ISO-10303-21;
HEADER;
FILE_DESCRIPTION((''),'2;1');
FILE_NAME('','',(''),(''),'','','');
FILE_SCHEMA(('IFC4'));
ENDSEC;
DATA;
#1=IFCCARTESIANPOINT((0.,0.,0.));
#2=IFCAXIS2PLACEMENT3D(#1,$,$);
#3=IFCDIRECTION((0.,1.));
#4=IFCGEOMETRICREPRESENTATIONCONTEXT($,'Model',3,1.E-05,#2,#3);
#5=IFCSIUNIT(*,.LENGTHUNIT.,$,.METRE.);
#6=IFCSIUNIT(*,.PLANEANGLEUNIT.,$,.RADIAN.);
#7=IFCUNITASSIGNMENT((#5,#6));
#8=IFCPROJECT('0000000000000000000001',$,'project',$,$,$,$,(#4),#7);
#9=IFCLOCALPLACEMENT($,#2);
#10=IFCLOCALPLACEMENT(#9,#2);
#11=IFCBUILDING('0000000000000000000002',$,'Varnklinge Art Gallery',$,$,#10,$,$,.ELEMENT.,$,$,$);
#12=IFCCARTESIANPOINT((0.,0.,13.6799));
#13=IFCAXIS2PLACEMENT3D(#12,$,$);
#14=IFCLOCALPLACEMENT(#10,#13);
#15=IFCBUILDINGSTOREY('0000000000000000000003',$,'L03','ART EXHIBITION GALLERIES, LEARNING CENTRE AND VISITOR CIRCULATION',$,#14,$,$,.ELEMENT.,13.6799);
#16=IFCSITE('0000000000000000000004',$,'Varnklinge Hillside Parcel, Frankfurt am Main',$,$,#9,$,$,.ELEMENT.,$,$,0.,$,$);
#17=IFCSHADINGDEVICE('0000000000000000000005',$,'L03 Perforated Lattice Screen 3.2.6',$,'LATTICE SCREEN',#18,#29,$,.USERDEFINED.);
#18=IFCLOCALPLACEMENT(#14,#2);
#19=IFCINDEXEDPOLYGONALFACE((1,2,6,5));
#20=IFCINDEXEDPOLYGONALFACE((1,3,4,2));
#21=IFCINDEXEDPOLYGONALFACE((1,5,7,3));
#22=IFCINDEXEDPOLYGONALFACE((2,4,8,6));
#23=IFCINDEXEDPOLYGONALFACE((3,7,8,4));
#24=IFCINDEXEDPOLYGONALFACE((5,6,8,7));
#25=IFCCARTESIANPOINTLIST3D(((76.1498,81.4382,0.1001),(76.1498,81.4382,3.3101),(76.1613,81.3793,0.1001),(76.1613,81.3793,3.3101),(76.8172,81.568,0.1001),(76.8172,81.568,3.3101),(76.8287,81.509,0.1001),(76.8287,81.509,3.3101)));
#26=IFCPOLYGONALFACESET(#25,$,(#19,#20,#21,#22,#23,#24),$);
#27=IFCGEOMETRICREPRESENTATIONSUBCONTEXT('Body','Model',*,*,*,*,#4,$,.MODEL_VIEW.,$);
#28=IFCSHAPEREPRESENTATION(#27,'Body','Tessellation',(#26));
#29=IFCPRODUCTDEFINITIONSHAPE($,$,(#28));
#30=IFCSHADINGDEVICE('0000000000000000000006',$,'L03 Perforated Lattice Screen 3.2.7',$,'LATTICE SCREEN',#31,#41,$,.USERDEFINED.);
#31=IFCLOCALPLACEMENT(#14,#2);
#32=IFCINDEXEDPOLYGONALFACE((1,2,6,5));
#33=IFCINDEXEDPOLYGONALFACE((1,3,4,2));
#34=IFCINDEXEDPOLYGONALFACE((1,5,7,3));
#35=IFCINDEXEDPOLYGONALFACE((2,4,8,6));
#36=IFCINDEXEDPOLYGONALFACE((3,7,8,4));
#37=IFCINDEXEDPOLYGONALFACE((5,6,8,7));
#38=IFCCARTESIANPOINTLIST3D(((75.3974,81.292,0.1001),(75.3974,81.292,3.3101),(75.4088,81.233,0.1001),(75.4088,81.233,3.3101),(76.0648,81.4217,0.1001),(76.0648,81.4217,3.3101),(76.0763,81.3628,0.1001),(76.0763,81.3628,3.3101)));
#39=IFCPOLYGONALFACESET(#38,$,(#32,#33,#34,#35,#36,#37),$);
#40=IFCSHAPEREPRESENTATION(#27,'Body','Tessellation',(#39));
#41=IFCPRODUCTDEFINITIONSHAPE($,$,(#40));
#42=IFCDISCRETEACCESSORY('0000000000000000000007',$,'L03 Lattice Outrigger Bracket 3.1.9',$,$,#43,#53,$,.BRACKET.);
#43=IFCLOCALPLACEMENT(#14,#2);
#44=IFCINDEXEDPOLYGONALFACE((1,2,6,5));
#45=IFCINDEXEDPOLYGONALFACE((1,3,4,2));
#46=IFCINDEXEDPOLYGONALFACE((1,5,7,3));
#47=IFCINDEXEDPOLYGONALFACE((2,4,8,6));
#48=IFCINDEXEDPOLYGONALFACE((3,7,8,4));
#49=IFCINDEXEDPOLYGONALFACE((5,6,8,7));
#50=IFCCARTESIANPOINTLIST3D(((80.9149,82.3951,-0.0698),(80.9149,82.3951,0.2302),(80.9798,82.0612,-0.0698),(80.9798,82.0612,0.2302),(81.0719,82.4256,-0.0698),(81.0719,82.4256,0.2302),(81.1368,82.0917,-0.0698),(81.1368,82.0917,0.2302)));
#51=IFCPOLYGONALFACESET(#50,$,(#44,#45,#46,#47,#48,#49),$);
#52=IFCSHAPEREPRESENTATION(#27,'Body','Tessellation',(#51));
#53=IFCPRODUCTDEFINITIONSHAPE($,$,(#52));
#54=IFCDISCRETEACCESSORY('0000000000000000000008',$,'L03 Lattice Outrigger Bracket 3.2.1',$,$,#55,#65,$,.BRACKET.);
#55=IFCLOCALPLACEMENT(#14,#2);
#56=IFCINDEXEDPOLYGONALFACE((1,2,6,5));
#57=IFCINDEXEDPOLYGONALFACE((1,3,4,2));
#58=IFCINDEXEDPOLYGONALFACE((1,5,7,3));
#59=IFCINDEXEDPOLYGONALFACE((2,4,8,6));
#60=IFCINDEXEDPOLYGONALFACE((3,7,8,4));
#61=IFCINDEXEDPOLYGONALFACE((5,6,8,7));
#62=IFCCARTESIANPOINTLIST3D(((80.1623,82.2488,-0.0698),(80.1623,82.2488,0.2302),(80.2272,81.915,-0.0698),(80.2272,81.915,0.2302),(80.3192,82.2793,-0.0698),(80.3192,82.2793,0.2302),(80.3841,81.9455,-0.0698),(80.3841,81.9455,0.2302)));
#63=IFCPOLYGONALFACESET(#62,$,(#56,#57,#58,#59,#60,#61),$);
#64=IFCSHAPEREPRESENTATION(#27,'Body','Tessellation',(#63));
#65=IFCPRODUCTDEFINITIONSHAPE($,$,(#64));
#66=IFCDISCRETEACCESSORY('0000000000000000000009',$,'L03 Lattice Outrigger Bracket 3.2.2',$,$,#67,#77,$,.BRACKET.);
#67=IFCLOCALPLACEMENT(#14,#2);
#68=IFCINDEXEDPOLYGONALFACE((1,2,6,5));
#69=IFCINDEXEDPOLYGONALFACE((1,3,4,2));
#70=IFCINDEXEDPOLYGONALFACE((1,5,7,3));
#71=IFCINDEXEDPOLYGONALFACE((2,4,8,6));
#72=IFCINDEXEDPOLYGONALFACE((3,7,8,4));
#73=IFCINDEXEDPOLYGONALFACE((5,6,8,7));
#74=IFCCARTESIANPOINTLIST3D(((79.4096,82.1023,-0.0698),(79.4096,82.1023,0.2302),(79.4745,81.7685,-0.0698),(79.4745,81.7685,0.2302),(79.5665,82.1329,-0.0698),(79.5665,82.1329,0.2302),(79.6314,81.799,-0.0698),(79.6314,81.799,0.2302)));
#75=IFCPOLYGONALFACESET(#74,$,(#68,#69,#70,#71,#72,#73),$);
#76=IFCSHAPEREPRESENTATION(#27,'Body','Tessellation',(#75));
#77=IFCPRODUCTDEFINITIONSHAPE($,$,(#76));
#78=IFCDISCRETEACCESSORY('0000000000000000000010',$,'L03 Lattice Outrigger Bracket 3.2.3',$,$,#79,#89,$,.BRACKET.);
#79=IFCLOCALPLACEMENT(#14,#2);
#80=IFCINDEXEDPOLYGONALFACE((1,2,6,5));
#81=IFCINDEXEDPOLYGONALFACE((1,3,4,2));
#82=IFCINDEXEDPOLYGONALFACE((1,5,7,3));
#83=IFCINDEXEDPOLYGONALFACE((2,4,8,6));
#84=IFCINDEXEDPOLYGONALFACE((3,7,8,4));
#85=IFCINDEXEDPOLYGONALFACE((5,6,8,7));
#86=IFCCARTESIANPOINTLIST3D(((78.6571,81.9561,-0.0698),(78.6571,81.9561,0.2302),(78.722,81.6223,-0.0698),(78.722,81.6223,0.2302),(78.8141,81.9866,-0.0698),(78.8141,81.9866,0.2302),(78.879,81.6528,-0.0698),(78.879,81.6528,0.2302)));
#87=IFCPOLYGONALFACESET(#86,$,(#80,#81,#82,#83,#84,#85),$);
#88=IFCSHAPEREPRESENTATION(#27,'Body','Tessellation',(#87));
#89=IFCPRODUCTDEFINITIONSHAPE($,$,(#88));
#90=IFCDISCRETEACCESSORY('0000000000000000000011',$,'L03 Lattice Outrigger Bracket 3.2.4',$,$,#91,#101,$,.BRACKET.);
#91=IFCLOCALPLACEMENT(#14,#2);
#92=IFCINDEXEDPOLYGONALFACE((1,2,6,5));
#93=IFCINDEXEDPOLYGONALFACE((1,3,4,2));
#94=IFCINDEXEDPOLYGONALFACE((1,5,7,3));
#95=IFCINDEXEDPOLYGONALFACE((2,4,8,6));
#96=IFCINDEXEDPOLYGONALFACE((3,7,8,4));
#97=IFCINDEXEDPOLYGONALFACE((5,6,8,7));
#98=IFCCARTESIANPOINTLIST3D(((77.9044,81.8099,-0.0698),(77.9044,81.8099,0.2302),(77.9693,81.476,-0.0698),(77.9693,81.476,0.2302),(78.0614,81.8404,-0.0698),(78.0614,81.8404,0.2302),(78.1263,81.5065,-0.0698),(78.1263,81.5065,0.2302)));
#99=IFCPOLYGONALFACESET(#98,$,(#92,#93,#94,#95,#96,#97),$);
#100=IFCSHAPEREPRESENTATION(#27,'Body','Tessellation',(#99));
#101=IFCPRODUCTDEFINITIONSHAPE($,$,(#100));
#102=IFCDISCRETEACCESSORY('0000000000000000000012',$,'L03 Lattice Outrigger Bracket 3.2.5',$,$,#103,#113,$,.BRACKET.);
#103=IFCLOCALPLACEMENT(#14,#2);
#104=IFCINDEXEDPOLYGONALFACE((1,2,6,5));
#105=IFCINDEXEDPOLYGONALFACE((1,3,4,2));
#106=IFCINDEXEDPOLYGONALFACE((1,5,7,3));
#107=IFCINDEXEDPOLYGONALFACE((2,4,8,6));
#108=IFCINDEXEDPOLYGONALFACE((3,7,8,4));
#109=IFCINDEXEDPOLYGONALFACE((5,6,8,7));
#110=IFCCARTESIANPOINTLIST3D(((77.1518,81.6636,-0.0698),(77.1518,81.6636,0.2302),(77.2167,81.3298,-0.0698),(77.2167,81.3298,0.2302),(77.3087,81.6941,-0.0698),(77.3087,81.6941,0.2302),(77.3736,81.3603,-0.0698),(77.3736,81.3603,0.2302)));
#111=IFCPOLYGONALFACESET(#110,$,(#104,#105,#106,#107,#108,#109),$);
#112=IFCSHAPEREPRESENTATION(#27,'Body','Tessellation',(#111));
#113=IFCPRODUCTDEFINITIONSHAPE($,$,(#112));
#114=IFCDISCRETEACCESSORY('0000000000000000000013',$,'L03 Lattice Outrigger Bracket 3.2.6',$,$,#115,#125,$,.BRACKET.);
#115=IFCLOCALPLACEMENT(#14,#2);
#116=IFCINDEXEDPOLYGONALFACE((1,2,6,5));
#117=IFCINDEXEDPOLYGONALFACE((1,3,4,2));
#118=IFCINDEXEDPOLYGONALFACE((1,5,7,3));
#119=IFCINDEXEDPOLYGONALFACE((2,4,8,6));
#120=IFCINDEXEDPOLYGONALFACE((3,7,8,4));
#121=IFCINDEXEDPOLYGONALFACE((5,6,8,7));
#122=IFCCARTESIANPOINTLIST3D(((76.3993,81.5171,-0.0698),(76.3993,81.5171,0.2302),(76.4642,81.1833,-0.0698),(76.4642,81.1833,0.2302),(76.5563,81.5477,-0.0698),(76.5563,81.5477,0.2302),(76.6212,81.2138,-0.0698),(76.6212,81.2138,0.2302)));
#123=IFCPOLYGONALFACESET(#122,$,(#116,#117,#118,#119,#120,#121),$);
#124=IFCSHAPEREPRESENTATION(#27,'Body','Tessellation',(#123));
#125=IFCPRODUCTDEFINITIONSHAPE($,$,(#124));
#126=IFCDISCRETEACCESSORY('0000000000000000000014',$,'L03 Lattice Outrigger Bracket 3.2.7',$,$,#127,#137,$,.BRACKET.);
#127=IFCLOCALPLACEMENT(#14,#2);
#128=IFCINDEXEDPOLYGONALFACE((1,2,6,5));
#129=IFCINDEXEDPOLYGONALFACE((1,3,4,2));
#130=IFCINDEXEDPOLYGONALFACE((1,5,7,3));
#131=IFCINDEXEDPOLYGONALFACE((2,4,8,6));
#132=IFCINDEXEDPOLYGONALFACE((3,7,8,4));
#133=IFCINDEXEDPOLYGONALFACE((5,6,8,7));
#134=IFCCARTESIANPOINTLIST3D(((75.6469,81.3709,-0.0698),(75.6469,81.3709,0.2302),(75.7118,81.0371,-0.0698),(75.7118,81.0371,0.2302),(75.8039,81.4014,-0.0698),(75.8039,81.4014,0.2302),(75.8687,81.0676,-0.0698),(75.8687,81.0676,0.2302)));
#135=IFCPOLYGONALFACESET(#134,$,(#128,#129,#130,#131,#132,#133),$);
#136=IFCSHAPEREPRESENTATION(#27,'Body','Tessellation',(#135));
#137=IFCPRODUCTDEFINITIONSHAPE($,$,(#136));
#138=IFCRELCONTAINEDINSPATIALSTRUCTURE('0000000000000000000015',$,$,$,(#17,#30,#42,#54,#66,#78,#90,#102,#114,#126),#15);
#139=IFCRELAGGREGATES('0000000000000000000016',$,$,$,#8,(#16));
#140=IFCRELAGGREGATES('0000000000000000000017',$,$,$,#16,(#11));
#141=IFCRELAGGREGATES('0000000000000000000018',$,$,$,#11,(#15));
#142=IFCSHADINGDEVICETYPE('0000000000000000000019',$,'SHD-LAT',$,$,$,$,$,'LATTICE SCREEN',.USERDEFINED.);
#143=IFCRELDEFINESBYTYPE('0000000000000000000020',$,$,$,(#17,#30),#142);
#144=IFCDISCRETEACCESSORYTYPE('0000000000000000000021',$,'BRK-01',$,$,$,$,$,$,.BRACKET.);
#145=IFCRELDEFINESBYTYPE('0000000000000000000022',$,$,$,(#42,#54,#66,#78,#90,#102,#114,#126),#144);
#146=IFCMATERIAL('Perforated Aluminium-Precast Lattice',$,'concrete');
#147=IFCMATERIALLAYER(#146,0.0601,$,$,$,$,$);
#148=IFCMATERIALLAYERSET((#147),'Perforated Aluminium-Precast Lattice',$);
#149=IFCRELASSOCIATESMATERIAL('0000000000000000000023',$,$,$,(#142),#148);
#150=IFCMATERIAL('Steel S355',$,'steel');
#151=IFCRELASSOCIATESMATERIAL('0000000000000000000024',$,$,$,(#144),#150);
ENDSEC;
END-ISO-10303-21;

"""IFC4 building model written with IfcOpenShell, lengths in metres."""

from ifc_helpers import new_model, si_unit, direction, frame, origin, origin_2d, place, context, subcontext, project, spatial, rectangle, extrude, material, layer, layer_set, type_object, element, save


model = new_model("IFC4")

# Units and contexts
model_context = context("Model", 3, precision=1e-05, world=origin(), true_north=direction((0.0, 1.0)))
body_context = subcontext(model_context, "Body", "Model", "MODEL_VIEW")
ifc_project = project(units=[si_unit("LENGTHUNIT", "METRE"), si_unit("PLANEANGLEUNIT", "RADIAN")], contexts=[model_context])

# Site, building, storey
site_placement = place(None, origin())
site = spatial("IfcSite", under=ifc_project, at=site_placement, Name="Varnklinge Hillside Parcel, Frankfurt am Main", CompositionType="ELEMENT", RefElevation=0.0)
building_placement = place(site_placement, origin())
building = spatial("IfcBuilding", under=site, at=building_placement, Name="Varnklinge Art Gallery", CompositionType="ELEMENT")
storey_placement = place(building_placement, frame((0.0, 0.0, 13.6799)))
storey = spatial("IfcBuildingStorey", under=building, at=storey_placement, Name="L03", Description="ART EXHIBITION GALLERIES, LEARNING CENTRE AND VISITOR CIRCULATION", CompositionType="ELEMENT", Elevation=13.6799)

# Shading devices
ifc_material_1 = material(Name="Perforated Aluminium-Precast Lattice", Category="concrete")
ifc_layer_1 = layer(ifc_material_1, 0.0601)
ifc_layer_set_1 = layer_set([ifc_layer_1], Name="Perforated Aluminium-Precast Lattice")
shading_device_type = type_object("IfcShadingDeviceType", Name="SHD-LAT", ElementType="LATTICE SCREEN", PredefinedType="USERDEFINED", material=ifc_layer_set_1)
for number, where, z_axis, x_axis, name in (
    (1, (76.4893, 81.4736, 0.1001), (0.0, 0.0, 1.0), (-0.981627, -0.190809, 0.0), "L03 Perforated Lattice Screen 3.2.6"),
    (2, (75.7368, 81.3274, 0.1001), (0.0, 0.0, 1.0), (-0.981627, -0.190809, 0.0), "L03 Perforated Lattice Screen 3.2.7"),
):
    element("IfcShadingDevice", number, at=place(storey_placement, frame(where, z_axis=z_axis, x_axis=x_axis)), inside=storey, type_object=shading_device_type, Name=name, ObjectType="LATTICE SCREEN", PredefinedType="USERDEFINED", context=body_context, shape_type="SweptSolid", body=[
        extrude(rectangle(XDim=0.6799, YDim=0.0601, at=origin_2d()), origin(), (0.0, 0.0, 1.0), 3.21),
    ])

# Discrete accessories
ifc_material_2 = material(Name="Steel S355", Category="steel")
discrete_accessory_type = type_object("IfcDiscreteAccessoryType", Name="BRK-01", PredefinedType="BRACKET", material=ifc_material_2)
for number, where, z_axis, x_axis, name in (
    (3, (81.0259, 82.2434, -0.0698), (0.0, 0.0, 1.0), (-0.981627, -0.190809, 0.0), "L03 Lattice Outrigger Bracket 3.1.9"),
    (4, (80.2732, 82.0972, -0.0698), (0.0, 0.0, 1.0), (-0.981627, -0.190809, 0.0), "L03 Lattice Outrigger Bracket 3.2.1"),
    (5, (79.5205, 81.9507, -0.0698), (0.0, 0.0, 1.0), (-0.981627, -0.190809, 0.0), "L03 Lattice Outrigger Bracket 3.2.2"),
    (6, (78.7681, 81.8044, -0.0698), (0.0, 0.0, 1.0), (-0.981627, -0.190809, 0.0), "L03 Lattice Outrigger Bracket 3.2.3"),
    (7, (78.0154, 81.6582, -0.0698), (0.0, 0.0, 1.0), (-0.981627, -0.190809, 0.0), "L03 Lattice Outrigger Bracket 3.2.4"),
    (8, (77.2627, 81.512, -0.0698), (0.0, 0.0, 1.0), (-0.981627, -0.190809, 0.0), "L03 Lattice Outrigger Bracket 3.2.5"),
    (9, (76.5103, 81.3655, -0.0698), (0.0, 0.0, 1.0), (-0.981627, -0.190809, 0.0), "L03 Lattice Outrigger Bracket 3.2.6"),
    (10, (75.7578, 81.2192, -0.0698), (0.0, 0.0, 1.0), (-0.981627, -0.190809, 0.0), "L03 Lattice Outrigger Bracket 3.2.7"),
):
    element("IfcDiscreteAccessory", number, at=place(storey_placement, frame(where, z_axis=z_axis, x_axis=x_axis)), inside=storey, type_object=discrete_accessory_type, Name=name, PredefinedType="BRACKET", context=body_context, shape_type="SweptSolid", body=[
        extrude(rectangle(XDim=0.1599, YDim=0.3401, at=origin_2d()), origin(), (0.0, 0.0, 1.0), 0.3),
    ])

save(model, "model.ifc")
